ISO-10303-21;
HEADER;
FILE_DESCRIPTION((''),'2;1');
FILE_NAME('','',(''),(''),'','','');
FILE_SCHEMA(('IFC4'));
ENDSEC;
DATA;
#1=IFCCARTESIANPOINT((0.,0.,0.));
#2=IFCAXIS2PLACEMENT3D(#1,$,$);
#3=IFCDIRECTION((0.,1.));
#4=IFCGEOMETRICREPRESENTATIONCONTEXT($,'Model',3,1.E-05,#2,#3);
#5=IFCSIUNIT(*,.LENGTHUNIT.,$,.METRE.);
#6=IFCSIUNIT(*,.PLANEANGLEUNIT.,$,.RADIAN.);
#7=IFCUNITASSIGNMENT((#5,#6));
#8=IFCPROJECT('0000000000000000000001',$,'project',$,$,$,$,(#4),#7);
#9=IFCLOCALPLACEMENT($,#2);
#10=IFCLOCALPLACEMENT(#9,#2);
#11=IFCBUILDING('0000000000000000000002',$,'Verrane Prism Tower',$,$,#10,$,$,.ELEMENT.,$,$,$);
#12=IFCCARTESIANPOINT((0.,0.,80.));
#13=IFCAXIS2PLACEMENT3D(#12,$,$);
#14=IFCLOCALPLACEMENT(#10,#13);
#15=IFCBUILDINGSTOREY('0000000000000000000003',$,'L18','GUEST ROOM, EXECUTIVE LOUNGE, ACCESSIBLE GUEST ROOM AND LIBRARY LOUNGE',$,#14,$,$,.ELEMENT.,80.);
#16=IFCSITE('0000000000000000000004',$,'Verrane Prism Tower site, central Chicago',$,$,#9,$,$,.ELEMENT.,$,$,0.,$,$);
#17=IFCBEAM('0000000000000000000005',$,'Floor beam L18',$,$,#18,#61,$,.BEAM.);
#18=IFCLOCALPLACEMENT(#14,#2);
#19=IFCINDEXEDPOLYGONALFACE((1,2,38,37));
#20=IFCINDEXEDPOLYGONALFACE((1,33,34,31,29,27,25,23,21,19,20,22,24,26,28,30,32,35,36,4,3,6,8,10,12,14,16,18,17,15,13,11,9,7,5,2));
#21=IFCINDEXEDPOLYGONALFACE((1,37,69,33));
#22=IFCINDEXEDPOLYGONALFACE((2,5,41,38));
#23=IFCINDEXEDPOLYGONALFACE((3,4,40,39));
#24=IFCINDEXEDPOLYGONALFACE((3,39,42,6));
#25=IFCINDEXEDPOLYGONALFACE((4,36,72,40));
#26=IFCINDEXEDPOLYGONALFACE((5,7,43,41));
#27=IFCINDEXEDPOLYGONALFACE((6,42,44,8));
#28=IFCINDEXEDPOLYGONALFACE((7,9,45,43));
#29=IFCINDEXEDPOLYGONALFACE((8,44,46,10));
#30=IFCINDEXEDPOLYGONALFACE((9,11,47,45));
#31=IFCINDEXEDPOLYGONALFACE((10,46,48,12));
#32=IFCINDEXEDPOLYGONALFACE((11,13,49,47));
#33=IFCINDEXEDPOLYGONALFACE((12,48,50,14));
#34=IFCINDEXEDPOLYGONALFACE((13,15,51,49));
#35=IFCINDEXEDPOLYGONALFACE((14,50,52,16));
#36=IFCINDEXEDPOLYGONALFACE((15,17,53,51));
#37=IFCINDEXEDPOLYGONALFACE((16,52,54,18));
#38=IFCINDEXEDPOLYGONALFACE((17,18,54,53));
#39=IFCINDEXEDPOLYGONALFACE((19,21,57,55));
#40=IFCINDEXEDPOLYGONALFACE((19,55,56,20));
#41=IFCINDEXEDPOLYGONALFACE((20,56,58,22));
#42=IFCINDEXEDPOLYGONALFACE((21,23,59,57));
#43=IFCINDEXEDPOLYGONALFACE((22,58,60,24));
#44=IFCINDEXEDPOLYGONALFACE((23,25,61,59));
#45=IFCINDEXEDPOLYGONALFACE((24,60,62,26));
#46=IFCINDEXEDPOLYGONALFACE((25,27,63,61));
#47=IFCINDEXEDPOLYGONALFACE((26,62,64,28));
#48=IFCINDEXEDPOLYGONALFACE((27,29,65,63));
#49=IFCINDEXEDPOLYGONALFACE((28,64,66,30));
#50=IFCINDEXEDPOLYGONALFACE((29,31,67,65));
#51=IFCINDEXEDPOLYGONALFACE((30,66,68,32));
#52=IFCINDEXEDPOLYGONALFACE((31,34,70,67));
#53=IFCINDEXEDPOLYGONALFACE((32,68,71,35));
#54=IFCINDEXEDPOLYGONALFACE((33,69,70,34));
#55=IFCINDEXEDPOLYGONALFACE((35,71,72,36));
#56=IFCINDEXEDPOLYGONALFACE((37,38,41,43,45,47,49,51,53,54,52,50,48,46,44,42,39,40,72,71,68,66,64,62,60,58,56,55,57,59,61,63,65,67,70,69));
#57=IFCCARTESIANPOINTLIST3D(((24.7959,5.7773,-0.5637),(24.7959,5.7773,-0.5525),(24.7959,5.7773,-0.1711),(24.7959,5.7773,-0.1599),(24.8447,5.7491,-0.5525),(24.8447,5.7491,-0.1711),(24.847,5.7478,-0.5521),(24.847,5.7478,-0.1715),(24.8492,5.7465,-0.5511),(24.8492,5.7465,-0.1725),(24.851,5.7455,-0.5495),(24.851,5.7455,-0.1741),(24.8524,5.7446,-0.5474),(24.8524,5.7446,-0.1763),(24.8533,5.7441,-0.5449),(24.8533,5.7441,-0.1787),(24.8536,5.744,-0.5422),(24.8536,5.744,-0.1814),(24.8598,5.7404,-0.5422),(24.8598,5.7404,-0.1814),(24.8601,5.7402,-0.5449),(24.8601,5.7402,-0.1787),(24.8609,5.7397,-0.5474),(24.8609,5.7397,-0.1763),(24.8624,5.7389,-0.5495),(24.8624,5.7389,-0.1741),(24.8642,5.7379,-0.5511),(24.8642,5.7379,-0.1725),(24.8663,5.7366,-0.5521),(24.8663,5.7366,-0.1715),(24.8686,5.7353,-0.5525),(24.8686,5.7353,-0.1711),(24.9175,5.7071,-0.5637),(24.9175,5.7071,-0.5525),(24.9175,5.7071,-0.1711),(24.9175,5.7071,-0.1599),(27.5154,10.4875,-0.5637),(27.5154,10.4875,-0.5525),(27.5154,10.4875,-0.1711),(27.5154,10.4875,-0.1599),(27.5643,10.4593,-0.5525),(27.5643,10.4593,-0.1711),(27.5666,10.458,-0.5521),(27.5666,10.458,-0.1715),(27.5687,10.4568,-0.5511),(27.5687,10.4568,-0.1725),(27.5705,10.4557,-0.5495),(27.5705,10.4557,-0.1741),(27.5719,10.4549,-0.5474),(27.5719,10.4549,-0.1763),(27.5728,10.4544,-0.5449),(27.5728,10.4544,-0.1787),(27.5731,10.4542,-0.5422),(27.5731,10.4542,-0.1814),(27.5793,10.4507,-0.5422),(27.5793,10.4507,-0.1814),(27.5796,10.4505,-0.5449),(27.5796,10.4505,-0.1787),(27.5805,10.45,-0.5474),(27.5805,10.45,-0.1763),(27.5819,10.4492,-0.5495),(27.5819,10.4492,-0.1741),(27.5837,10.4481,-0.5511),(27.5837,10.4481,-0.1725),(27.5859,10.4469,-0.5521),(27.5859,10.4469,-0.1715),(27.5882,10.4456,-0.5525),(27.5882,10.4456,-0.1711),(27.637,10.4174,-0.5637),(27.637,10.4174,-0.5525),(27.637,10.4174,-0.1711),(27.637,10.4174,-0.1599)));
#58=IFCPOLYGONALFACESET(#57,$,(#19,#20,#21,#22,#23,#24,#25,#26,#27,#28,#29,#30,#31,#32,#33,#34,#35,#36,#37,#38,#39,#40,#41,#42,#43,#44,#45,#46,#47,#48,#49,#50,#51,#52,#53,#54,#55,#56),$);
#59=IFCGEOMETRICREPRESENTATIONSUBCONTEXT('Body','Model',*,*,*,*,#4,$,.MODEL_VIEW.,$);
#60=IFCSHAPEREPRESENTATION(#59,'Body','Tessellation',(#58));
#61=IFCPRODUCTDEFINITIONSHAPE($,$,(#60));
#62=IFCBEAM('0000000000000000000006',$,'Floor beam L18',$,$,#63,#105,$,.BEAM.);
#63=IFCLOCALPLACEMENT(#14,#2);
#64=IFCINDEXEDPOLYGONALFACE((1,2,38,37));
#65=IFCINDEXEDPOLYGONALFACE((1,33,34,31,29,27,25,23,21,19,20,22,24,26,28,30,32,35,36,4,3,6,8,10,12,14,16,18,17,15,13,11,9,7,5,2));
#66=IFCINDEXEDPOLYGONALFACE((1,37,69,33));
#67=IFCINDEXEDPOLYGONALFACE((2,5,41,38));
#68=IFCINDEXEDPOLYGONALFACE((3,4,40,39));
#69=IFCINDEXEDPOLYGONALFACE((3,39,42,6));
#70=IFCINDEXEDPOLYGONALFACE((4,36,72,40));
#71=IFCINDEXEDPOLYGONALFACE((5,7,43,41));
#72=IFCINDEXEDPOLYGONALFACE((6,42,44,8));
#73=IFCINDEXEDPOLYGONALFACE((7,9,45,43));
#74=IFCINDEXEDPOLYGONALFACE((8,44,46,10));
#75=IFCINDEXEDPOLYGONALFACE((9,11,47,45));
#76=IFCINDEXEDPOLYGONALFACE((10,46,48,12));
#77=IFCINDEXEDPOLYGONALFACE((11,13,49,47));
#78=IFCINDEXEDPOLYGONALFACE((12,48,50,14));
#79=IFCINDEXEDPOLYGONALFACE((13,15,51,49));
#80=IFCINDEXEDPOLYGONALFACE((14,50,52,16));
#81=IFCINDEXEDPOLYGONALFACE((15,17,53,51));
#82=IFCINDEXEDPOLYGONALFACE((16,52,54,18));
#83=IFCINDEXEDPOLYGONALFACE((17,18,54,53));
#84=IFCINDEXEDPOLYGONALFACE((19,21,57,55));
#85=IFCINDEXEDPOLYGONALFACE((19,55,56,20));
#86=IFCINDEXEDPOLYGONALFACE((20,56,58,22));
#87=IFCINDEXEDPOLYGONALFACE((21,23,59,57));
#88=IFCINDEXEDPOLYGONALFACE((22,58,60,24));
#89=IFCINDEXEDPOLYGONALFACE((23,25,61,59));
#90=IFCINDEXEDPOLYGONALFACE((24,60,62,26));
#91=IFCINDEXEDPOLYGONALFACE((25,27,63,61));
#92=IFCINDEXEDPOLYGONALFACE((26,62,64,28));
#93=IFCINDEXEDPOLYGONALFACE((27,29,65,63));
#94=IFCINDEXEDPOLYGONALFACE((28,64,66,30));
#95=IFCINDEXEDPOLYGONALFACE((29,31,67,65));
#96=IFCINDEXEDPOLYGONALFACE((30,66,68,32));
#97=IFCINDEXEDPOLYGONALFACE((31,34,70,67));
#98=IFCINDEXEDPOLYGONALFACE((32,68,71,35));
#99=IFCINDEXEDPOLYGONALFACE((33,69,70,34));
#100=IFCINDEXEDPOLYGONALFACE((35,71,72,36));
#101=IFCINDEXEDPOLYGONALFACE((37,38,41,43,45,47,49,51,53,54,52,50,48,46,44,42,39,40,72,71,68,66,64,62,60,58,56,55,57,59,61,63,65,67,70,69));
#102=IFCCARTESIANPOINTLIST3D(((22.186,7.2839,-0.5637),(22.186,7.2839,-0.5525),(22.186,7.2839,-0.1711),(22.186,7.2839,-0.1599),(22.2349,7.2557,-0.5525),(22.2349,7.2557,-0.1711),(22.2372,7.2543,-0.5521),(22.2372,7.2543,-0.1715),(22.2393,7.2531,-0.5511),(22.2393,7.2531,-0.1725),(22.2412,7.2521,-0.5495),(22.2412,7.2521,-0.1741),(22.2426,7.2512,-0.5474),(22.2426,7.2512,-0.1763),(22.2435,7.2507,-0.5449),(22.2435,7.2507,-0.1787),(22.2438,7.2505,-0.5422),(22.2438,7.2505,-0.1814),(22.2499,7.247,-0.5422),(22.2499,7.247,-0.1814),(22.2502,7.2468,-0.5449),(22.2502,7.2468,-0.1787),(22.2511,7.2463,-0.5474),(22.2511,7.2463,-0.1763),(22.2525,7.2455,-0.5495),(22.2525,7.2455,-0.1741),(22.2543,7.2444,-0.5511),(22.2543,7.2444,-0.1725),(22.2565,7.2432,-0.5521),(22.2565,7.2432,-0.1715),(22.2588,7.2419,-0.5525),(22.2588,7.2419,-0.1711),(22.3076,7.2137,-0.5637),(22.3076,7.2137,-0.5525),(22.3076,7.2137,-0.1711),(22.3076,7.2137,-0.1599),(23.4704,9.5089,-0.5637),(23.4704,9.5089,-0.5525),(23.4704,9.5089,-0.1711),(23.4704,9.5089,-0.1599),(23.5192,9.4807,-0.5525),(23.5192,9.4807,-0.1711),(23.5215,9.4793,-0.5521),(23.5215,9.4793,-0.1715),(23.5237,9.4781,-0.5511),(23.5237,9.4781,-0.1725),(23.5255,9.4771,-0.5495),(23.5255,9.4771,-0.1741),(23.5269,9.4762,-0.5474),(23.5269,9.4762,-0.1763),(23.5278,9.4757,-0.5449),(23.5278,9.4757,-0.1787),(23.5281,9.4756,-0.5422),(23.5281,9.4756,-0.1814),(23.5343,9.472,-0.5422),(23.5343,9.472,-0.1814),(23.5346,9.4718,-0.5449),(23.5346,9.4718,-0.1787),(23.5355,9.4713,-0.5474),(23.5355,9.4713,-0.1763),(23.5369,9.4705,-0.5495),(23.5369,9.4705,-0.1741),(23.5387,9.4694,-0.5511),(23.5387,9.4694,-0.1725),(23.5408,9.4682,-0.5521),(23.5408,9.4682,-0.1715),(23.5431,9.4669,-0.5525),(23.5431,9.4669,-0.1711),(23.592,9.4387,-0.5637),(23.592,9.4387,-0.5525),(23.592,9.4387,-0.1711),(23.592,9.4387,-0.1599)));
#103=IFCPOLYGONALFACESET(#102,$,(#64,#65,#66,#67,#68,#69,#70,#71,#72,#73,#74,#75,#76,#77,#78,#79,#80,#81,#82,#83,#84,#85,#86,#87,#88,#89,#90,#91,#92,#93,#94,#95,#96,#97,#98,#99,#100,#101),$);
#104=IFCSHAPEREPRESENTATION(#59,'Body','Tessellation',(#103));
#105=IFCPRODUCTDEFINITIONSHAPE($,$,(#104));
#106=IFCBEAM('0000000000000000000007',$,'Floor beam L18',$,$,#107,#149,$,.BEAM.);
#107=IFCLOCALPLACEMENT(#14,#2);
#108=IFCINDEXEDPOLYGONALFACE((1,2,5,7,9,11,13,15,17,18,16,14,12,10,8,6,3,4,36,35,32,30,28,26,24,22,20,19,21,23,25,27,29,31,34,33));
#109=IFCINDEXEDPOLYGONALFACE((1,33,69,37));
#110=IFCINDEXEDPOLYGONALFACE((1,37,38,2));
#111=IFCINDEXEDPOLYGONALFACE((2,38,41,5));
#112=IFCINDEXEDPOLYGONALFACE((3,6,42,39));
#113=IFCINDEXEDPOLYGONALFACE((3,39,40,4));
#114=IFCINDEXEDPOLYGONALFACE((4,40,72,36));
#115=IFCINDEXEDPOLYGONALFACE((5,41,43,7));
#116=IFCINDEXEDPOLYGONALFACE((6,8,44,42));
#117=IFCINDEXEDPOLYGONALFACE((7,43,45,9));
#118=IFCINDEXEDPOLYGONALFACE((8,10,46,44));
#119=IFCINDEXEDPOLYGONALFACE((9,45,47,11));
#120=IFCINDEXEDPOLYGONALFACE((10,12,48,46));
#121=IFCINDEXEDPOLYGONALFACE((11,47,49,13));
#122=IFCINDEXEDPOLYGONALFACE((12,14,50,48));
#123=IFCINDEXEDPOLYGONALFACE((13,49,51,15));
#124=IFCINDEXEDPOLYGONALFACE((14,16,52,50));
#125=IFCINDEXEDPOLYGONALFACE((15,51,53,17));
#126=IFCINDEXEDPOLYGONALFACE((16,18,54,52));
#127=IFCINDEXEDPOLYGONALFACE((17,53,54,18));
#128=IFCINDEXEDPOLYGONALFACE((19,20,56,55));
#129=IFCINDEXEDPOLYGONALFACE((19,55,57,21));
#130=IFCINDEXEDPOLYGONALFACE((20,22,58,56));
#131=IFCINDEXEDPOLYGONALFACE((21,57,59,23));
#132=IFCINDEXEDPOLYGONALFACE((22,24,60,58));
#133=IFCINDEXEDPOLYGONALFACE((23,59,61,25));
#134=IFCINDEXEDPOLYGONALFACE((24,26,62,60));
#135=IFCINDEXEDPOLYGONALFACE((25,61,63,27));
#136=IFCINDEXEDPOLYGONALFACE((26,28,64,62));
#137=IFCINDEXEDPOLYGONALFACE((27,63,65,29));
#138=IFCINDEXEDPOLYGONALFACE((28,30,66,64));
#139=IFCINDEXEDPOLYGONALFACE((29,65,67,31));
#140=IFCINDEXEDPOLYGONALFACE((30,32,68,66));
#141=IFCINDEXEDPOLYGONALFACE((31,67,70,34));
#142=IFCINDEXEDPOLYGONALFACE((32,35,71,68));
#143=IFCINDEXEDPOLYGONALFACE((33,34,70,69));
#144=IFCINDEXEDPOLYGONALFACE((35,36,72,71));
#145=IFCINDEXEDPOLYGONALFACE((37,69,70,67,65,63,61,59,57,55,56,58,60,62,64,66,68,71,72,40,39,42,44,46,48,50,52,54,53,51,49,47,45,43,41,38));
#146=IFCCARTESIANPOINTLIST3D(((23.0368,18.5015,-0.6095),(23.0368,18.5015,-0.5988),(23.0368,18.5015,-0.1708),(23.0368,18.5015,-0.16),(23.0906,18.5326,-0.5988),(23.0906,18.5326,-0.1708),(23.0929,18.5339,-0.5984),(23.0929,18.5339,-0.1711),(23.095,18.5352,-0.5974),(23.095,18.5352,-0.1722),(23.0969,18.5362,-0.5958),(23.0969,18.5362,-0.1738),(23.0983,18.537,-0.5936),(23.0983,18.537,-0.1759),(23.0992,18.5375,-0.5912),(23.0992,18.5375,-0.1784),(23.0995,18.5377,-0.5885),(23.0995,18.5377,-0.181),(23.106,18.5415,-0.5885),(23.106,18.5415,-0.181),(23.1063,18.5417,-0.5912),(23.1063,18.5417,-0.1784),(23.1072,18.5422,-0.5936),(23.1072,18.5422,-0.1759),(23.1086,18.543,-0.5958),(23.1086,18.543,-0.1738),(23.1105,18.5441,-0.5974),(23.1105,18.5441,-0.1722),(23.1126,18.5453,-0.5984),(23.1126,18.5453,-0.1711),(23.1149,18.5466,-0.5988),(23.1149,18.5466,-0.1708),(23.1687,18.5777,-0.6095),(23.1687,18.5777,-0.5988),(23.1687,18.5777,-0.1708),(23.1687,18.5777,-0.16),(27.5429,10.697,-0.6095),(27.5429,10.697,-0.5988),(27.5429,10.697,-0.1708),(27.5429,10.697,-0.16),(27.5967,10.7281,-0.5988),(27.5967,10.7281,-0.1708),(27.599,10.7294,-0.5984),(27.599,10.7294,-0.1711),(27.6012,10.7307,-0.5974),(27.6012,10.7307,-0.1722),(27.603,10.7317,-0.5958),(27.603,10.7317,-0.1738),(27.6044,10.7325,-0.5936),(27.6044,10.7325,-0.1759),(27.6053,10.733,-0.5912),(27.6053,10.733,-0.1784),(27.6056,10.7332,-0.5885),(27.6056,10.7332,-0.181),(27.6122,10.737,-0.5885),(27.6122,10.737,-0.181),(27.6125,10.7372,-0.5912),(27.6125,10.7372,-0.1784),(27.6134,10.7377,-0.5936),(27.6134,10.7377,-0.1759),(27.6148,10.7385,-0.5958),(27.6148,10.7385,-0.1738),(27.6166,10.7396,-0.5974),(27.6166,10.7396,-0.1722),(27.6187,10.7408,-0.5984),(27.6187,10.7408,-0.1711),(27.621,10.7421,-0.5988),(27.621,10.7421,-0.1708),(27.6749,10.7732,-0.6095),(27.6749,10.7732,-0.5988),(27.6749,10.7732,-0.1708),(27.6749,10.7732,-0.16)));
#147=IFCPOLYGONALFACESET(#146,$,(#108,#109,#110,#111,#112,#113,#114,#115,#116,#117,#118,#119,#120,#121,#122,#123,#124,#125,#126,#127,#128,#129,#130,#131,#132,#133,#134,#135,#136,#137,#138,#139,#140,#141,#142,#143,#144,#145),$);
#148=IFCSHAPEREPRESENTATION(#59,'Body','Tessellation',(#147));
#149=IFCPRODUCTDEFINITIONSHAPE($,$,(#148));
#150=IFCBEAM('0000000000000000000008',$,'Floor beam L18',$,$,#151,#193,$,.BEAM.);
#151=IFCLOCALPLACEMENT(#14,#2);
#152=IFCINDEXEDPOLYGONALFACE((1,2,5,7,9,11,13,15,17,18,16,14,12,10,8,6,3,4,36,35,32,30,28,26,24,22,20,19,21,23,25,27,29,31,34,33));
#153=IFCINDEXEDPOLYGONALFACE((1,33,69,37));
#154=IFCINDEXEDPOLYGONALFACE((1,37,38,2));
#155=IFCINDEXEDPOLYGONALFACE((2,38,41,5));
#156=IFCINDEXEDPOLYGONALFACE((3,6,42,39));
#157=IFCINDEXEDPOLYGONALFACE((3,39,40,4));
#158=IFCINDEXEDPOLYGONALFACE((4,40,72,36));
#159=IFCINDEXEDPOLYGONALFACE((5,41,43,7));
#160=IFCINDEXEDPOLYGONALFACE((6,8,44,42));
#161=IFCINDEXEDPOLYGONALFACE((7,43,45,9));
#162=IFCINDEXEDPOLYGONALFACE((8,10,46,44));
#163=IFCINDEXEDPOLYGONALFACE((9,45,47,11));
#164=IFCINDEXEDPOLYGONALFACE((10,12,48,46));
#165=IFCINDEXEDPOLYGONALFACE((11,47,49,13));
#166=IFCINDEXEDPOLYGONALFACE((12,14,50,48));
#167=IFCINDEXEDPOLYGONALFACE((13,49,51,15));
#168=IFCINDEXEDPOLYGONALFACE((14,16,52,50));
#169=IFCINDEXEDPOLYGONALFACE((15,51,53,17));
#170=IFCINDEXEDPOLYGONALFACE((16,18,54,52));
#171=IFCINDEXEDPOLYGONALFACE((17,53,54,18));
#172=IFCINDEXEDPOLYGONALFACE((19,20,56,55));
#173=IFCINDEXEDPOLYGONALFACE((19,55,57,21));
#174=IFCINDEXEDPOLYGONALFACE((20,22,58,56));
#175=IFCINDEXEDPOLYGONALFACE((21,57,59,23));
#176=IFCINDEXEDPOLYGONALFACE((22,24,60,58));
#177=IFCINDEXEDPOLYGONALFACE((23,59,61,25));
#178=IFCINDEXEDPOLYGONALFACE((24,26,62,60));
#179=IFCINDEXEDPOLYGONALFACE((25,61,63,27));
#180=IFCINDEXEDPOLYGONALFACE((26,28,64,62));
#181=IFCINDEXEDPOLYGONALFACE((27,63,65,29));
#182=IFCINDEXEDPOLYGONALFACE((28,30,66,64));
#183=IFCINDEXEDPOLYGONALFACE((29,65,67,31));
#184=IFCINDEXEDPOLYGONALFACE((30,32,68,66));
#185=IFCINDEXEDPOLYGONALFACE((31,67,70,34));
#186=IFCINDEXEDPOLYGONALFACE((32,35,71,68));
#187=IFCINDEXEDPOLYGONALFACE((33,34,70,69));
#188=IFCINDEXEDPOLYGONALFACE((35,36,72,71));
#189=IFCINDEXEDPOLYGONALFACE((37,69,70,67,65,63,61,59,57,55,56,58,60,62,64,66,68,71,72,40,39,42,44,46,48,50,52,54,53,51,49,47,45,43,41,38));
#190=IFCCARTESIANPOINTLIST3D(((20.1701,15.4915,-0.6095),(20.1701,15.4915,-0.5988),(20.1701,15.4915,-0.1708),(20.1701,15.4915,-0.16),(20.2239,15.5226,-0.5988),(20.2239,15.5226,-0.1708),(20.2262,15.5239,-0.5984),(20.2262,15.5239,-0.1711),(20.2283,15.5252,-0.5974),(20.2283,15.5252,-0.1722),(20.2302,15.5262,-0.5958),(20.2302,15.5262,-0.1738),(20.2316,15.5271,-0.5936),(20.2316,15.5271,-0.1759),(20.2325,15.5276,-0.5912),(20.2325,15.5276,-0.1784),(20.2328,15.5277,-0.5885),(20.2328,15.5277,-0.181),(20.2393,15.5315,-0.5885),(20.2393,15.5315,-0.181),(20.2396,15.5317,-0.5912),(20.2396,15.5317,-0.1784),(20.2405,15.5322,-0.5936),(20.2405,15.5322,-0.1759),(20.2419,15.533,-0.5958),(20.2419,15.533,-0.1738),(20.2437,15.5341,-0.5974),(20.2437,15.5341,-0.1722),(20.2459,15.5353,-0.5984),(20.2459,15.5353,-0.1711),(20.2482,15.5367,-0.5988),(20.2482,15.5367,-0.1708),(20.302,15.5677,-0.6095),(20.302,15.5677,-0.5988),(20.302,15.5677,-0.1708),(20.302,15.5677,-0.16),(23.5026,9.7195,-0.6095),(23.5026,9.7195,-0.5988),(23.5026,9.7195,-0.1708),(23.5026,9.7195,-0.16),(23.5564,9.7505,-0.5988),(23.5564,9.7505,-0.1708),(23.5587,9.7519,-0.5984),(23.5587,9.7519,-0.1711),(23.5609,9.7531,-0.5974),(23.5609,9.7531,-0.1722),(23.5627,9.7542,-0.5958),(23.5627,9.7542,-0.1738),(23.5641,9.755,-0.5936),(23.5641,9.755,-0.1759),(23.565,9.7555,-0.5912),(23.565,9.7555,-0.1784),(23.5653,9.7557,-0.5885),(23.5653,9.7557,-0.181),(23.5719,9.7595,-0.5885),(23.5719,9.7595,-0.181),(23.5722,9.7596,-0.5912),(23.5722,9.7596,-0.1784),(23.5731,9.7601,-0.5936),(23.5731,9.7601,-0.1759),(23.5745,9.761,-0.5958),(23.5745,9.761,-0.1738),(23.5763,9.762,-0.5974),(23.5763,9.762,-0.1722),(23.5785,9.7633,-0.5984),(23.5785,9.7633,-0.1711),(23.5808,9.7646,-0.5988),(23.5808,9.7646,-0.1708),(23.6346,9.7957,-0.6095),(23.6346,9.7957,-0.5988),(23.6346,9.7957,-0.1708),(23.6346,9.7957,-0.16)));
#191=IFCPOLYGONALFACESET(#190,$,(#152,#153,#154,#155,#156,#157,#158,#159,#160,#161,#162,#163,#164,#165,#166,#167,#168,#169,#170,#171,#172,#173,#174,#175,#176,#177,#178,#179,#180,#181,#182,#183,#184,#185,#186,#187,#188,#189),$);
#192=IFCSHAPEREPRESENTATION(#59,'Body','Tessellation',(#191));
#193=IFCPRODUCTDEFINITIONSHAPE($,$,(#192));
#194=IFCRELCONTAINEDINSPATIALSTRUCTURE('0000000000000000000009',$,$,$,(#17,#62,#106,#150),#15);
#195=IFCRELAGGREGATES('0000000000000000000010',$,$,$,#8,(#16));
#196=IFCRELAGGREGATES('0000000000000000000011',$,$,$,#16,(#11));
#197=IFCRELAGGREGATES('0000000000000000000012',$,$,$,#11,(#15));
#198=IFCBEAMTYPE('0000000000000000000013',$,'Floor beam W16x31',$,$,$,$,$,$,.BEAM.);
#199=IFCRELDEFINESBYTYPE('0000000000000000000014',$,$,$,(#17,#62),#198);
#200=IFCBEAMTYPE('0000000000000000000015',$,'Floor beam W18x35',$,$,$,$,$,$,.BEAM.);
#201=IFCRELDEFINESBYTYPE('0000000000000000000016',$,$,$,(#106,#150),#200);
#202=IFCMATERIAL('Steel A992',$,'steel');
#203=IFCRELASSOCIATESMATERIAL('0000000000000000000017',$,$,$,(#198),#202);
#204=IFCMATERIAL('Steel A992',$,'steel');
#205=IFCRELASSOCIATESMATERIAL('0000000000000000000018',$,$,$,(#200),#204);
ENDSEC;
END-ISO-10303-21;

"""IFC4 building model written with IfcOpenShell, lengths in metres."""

from ifc_helpers import new_model, si_unit, direction, frame, origin, origin_2d, place, context, subcontext, project, spatial, i_section, extrude, material, material_profile, profile_set, type_object, element, save


model = new_model("IFC4")

# Units and contexts
model_context = context("Model", 3, precision=1e-05, world=origin(), true_north=direction((0.0, 1.0)))
body_context = subcontext(model_context, "Body", "Model", "MODEL_VIEW")
ifc_project = project(units=[si_unit("LENGTHUNIT", "METRE"), si_unit("PLANEANGLEUNIT", "RADIAN")], contexts=[model_context])

# Site, building, storey
site_placement = place(None, origin())
site = spatial("IfcSite", under=ifc_project, at=site_placement, Name="Verrane Prism Tower site, central Chicago", CompositionType="ELEMENT", RefElevation=0.0)
building_placement = place(site_placement, origin())
building = spatial("IfcBuilding", under=site, at=building_placement, Name="Verrane Prism Tower", CompositionType="ELEMENT")
storey_placement = place(building_placement, frame((0.0, 0.0, 80.0)))
storey = spatial("IfcBuildingStorey", under=building, at=storey_placement, Name="L18", Description="GUEST ROOM, EXECUTIVE LOUNGE, ACCESSIBLE GUEST ROOM AND LIBRARY LOUNGE", CompositionType="ELEMENT", Elevation=80.0)

# Beams
ifc_material_1 = material(Name="Steel A992", Category="steel")
ifc_material_profile_1 = material_profile(ifc_material_1, i_section(OverallWidth=0.1404, OverallDepth=0.4038, WebThickness=0.0071, FlangeThickness=0.0112, FilletRadius=0.0103, at=origin_2d()), Name="W16x31")
ifc_profile_set_1 = profile_set([ifc_material_profile_1], Name="Steel A992")
beam_type_1 = type_object("IfcBeamType", Name="Floor beam W16x31", PredefinedType="BEAM", material=ifc_profile_set_1)
beam_1_placement = place(storey_placement, frame((24.8567, 5.7422, -0.3618), z_axis=(0.500006, 0.866022, 0.0), x_axis=(-0.866022, 0.500006, 0.0)))
element("IfcBeam", 1, at=beam_1_placement, inside=storey, type_object=beam_type_1, Name="Floor beam L18", PredefinedType="BEAM", context=body_context, shape_type="SweptSolid", body=[
    extrude(i_section(OverallWidth=0.1404, OverallDepth=0.4038, WebThickness=0.0071, FlangeThickness=0.0112, FilletRadius=0.0103, at=origin_2d()), origin(), (0.0, 0.0, 1.0), 5.439),
])
beam_2_placement = place(storey_placement, frame((22.2468, 7.2488, -0.3618), z_axis=(0.499931, 0.866065, 0.0), x_axis=(-0.866065, 0.499931, 0.0)))
element("IfcBeam", 2, at=beam_2_placement, inside=storey, type_object=beam_type_1, Name="Floor beam L18", PredefinedType="BEAM", context=body_context, shape_type="SweptSolid", body=[
    extrude(i_section(OverallWidth=0.1404, OverallDepth=0.4038, WebThickness=0.0071, FlangeThickness=0.0112, FilletRadius=0.0103, at=origin_2d()), origin(), (0.0, 0.0, 1.0), 2.5691),
])
ifc_material_2 = material(Name="Steel A992", Category="steel")
ifc_material_profile_2 = material_profile(ifc_material_2, i_section(OverallWidth=0.1523, OverallDepth=0.4495, WebThickness=0.0076, FlangeThickness=0.0107, FilletRadius=0.0103, at=origin_2d()), Name="W18x35")
ifc_profile_set_2 = profile_set([ifc_material_profile_2], Name="Steel A992")
beam_type_2 = type_object("IfcBeamType", Name="Floor beam W18x35", PredefinedType="BEAM", material=ifc_profile_set_2)
beam_3_placement = place(storey_placement, frame((27.6089, 10.7351, -0.3848), z_axis=(-0.500017, 0.866016, 0.0), x_axis=(-0.866016, -0.500017, 0.0)))
element("IfcBeam", 3, at=beam_3_placement, inside=storey, type_object=beam_type_2, Name="Floor beam L18", PredefinedType="BEAM", context=body_context, shape_type="SweptSolid", body=[
    extrude(i_section(OverallWidth=0.1523, OverallDepth=0.4495, WebThickness=0.0076, FlangeThickness=0.0107, FilletRadius=0.0103, at=origin_2d()), origin(), (0.0, 0.0, 1.0), 9.012),
])
beam_4_placement = place(storey_placement, frame((23.5686, 9.7576, -0.3848), z_axis=(-0.500008, 0.866021, 0.0), x_axis=(-0.866021, -0.500008, 0.0)))
element("IfcBeam", 4, at=beam_4_placement, inside=storey, type_object=beam_type_2, Name="Floor beam L18", PredefinedType="BEAM", context=body_context, shape_type="SweptSolid", body=[
    extrude(i_section(OverallWidth=0.1523, OverallDepth=0.4495, WebThickness=0.0076, FlangeThickness=0.0107, FilletRadius=0.0103, at=origin_2d()), origin(), (0.0, 0.0, 1.0), 6.665),
])

save(model, "model.ifc")
